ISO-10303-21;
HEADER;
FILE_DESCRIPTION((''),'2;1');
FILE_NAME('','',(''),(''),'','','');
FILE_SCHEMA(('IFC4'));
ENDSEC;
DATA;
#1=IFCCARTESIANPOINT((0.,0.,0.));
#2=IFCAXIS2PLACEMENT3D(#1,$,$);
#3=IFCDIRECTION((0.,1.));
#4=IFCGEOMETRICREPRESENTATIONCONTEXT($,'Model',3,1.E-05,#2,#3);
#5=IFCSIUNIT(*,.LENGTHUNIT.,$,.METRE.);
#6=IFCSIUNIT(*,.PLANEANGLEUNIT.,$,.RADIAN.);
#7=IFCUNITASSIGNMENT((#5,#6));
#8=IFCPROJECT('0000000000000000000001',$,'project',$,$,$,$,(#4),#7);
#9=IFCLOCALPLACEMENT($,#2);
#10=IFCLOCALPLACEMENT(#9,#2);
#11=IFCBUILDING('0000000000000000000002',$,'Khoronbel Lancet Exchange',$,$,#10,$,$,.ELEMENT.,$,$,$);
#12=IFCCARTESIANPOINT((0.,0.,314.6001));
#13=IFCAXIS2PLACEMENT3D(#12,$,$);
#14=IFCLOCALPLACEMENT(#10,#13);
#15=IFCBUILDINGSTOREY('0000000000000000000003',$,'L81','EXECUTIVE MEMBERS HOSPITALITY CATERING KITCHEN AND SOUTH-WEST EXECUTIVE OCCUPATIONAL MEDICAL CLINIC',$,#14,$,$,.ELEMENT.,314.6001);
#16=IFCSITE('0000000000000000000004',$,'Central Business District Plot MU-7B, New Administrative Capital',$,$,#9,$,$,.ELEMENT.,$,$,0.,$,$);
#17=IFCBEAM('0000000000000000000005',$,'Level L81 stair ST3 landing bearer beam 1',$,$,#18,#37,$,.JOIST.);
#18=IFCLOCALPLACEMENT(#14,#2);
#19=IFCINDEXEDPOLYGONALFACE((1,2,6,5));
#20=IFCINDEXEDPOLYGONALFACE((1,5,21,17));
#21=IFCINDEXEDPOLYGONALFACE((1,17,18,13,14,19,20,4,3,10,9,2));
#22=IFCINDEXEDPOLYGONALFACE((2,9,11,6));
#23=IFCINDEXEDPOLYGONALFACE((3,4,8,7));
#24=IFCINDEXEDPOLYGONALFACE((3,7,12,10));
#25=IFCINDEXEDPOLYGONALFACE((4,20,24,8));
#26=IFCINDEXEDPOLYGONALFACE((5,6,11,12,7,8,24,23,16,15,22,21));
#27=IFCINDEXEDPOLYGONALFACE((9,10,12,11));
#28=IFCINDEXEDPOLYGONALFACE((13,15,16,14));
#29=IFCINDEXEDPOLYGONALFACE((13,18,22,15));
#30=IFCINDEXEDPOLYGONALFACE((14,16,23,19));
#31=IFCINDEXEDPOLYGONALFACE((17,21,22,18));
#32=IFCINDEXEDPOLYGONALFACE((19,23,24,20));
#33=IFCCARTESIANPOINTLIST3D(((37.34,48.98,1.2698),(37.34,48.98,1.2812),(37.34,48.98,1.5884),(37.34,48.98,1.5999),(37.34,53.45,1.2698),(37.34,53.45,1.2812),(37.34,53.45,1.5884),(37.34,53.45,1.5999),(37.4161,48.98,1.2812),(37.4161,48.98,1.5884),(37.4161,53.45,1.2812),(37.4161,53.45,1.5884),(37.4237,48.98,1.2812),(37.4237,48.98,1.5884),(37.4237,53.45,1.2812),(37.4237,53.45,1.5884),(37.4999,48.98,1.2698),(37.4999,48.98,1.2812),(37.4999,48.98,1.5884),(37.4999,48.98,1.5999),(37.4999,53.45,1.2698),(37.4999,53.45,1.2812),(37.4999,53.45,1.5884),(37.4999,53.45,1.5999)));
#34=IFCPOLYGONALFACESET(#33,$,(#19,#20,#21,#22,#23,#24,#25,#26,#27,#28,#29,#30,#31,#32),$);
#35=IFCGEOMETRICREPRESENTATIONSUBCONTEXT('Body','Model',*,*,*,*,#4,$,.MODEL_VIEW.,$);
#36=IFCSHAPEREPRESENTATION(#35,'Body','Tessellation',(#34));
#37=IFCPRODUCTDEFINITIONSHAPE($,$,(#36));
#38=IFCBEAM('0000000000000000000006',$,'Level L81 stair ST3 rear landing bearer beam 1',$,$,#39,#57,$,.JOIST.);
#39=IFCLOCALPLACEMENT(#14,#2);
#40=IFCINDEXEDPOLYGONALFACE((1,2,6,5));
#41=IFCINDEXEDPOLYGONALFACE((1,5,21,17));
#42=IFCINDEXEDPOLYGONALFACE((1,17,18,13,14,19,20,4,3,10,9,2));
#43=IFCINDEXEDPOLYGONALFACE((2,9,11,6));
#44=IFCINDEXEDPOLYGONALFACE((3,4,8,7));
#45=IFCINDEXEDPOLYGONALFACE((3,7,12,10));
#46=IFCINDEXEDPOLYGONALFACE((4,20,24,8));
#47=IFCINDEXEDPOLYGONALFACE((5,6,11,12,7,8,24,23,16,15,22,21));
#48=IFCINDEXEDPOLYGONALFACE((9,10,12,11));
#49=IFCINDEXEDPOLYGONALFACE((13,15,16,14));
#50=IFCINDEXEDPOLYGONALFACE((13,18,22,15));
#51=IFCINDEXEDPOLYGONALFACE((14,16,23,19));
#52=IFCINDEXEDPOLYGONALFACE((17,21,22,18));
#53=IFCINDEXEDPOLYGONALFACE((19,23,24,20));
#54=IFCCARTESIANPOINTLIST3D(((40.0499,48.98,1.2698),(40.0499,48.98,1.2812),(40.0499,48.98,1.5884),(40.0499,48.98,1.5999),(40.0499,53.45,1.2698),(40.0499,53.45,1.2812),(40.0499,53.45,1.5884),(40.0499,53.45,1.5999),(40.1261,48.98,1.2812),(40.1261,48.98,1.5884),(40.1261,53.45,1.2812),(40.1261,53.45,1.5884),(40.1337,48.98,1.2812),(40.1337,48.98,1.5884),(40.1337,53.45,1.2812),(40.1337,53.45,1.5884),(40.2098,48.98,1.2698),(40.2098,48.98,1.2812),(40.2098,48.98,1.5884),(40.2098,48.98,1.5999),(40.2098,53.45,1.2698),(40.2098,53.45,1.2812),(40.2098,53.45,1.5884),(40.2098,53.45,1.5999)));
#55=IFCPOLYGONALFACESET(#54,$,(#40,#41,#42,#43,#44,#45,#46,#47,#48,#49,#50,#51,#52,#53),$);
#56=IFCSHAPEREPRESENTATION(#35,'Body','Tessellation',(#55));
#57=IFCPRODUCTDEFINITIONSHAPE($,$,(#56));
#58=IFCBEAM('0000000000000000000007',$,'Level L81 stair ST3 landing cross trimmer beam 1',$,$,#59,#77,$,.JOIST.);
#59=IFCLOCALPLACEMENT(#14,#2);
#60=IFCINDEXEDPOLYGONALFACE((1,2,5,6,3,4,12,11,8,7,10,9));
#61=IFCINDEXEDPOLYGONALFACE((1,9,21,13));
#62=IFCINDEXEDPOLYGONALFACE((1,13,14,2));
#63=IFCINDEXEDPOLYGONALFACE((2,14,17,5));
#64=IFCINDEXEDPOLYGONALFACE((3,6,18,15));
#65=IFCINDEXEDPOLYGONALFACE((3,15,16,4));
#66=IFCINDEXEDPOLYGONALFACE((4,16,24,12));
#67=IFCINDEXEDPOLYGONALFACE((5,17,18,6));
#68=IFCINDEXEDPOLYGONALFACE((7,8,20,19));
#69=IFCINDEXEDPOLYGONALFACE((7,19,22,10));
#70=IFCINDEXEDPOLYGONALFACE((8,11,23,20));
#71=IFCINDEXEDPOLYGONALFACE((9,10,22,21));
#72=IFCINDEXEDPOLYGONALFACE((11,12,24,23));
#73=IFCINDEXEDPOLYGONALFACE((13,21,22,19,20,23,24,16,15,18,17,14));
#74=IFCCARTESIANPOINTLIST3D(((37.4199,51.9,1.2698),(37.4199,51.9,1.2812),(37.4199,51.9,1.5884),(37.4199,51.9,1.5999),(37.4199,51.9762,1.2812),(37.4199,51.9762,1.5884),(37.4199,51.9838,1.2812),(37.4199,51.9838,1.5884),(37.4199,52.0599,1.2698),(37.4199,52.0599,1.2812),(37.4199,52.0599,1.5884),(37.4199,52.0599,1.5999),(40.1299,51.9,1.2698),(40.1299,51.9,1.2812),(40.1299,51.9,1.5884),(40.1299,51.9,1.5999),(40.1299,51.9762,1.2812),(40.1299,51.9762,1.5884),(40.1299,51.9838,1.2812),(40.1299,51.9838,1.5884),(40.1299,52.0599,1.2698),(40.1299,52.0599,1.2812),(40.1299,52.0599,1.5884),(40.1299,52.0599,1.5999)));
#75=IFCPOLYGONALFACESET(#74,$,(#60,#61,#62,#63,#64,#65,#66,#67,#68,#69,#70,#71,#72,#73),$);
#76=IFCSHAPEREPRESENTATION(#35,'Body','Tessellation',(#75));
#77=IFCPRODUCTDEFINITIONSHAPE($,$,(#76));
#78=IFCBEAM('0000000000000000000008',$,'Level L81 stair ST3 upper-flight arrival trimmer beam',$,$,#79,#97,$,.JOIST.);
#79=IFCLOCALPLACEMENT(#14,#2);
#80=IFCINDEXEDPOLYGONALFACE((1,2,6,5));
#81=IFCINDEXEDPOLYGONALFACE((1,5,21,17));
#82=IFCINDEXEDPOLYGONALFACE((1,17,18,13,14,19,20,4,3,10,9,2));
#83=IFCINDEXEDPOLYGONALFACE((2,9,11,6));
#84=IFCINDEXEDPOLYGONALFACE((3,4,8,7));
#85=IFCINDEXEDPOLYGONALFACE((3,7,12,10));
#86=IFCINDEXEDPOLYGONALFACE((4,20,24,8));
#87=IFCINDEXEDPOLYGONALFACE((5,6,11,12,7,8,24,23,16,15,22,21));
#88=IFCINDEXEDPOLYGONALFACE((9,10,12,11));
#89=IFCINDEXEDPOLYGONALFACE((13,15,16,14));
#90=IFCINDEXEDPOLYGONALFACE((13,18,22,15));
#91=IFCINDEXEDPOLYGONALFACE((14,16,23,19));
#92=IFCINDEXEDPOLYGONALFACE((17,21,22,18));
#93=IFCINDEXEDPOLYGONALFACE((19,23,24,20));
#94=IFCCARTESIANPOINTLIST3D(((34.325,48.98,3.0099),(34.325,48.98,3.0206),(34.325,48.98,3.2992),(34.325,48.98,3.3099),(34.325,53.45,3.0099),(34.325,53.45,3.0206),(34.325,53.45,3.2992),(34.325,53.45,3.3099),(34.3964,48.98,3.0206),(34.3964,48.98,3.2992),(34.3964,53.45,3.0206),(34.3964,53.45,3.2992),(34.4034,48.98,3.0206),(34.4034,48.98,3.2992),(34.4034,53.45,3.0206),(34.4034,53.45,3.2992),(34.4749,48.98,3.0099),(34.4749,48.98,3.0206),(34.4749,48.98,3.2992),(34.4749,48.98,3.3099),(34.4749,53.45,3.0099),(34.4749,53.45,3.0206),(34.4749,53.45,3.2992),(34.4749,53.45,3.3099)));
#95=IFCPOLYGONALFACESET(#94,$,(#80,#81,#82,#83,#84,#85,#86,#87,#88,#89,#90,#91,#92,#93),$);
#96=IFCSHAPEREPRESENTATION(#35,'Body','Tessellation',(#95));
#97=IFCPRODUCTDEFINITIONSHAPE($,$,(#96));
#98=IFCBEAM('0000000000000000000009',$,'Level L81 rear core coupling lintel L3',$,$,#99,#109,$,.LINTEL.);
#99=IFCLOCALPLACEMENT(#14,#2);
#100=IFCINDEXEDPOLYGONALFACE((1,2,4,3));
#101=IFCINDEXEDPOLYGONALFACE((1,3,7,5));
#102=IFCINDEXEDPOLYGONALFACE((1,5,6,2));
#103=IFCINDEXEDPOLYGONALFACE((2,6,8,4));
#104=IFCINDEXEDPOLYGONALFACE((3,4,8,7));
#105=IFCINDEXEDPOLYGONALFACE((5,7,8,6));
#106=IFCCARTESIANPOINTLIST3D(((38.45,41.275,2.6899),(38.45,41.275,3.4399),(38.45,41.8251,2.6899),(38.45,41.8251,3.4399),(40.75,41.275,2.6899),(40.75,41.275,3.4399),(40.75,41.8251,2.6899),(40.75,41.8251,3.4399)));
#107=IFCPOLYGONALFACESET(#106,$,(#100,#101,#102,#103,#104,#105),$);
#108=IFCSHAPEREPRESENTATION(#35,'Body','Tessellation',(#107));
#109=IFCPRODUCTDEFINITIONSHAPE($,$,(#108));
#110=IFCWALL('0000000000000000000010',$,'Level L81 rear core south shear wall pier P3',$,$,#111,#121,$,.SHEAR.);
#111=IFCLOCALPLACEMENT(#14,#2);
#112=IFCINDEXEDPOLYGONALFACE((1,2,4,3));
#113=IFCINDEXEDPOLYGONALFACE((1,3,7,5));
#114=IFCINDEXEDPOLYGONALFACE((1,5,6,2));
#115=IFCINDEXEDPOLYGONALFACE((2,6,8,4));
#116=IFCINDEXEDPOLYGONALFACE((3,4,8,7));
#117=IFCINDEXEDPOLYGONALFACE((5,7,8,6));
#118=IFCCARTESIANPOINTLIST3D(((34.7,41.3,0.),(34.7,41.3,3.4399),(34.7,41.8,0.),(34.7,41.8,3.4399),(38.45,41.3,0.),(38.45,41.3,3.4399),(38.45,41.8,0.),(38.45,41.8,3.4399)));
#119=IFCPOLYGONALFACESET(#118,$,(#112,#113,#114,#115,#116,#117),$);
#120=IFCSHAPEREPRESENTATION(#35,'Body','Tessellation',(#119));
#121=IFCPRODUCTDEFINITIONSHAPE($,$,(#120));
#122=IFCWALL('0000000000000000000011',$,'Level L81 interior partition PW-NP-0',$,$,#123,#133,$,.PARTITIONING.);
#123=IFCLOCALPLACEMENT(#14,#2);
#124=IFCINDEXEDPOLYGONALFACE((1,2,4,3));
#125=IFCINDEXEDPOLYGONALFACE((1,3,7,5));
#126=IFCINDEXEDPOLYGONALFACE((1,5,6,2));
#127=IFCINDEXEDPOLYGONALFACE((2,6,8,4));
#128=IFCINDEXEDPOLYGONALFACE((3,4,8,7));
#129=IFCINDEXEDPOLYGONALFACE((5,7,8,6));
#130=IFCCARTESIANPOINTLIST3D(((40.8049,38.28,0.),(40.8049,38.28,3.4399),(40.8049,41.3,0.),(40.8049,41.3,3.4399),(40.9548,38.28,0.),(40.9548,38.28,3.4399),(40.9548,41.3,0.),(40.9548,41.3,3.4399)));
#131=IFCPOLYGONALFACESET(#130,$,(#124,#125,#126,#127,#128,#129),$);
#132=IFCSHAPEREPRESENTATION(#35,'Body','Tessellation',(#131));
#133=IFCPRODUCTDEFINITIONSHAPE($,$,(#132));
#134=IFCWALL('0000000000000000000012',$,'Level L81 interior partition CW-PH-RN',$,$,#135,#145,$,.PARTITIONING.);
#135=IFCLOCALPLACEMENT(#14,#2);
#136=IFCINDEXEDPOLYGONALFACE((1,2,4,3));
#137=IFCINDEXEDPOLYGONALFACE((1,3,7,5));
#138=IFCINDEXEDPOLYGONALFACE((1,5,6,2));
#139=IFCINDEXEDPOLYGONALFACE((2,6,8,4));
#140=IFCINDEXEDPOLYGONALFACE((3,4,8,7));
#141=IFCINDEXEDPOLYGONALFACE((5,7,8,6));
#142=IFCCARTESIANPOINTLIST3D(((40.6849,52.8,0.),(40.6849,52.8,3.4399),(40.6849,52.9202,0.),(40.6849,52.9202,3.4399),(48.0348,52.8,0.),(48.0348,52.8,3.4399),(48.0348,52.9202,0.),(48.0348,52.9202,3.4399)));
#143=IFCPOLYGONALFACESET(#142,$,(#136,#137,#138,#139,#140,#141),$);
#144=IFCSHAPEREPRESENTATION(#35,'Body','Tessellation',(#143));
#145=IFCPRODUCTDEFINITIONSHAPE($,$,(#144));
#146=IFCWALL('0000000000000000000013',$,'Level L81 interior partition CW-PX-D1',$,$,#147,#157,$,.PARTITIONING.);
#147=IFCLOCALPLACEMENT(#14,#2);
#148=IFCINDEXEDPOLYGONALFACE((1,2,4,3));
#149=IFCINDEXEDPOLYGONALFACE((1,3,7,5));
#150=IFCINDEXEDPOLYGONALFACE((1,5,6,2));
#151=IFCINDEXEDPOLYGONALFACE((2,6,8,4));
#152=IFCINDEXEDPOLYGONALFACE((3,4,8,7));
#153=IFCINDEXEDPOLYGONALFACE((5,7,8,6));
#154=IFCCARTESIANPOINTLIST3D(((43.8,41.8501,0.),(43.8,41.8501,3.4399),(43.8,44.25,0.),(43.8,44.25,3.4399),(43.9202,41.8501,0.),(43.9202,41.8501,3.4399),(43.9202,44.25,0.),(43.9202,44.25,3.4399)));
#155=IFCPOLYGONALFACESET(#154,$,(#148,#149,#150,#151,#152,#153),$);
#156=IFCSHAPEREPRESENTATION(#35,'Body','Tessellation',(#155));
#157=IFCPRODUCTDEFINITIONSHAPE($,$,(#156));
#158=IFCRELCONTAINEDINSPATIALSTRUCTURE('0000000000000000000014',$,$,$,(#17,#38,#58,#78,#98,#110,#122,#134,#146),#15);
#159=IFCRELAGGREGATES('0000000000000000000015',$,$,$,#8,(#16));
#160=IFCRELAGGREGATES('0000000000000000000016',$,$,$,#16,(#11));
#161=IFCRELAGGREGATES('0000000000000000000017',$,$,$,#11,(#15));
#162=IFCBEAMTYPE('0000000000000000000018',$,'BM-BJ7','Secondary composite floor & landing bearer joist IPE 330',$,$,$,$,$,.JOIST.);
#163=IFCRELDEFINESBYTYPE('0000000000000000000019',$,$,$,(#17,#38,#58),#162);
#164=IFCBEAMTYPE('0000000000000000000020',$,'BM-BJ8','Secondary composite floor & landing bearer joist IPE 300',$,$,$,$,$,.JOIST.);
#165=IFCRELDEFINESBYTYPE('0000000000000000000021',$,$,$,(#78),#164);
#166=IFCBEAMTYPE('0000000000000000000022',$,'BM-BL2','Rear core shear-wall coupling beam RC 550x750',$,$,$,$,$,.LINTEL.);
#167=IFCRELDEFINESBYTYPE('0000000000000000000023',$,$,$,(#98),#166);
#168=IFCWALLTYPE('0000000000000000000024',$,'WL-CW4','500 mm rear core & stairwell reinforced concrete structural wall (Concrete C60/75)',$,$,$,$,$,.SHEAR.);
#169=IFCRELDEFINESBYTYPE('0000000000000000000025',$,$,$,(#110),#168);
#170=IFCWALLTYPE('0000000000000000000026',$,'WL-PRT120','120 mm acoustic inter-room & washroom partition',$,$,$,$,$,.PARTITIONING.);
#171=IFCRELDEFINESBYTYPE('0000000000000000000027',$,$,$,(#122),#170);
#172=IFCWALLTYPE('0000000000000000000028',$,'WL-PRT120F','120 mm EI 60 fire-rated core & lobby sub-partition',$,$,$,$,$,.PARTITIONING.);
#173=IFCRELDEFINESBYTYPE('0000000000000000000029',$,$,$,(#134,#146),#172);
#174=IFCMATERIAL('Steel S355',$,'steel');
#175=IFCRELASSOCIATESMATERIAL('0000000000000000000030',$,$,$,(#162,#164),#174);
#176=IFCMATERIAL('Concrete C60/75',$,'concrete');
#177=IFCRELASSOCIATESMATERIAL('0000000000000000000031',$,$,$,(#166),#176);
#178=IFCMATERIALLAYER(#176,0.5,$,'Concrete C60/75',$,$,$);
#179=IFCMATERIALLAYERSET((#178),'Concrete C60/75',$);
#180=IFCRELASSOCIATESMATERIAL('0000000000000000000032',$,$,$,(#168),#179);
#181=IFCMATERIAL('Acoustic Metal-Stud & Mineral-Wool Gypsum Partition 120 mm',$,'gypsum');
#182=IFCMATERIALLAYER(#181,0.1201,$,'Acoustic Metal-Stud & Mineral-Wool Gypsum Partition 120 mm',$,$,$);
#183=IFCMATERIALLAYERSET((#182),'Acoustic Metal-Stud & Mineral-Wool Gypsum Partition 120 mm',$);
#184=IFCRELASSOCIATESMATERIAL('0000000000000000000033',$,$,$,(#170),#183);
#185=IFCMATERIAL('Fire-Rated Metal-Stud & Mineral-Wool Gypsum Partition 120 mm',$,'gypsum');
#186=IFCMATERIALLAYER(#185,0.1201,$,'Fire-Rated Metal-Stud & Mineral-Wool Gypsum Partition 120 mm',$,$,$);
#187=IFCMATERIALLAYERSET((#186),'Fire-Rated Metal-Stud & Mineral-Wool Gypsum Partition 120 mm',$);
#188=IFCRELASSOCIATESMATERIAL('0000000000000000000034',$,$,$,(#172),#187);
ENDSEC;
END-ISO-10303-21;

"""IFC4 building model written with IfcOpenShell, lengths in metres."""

from ifc_helpers import new_model, si_unit, direction, frame, frame_2d, origin, origin_2d, place, context, subcontext, project, spatial, rectangle, i_section, extrude, material, layer, layer_set, material_profile, profile_set, type_object, element, save


model = new_model("IFC4")

# Units and contexts
model_context = context("Model", 3, precision=1e-05, world=origin(), true_north=direction((0.0, 1.0)))
body_context = subcontext(model_context, "Body", "Model", "MODEL_VIEW")
ifc_project = project(units=[si_unit("LENGTHUNIT", "METRE"), si_unit("PLANEANGLEUNIT", "RADIAN")], contexts=[model_context])

# Site, building, storey
site_placement = place(None, origin())
site = spatial("IfcSite", under=ifc_project, at=site_placement, Name="Central Business District Plot MU-7B, New Administrative Capital", CompositionType="ELEMENT", RefElevation=0.0)
building_placement = place(site_placement, origin())
building = spatial("IfcBuilding", under=site, at=building_placement, Name="Khoronbel Lancet Exchange", CompositionType="ELEMENT")
storey_placement = place(building_placement, frame((0.0, 0.0, 314.6001)))
storey = spatial("IfcBuildingStorey", under=building, at=storey_placement, Name="L81", Description="EXECUTIVE MEMBERS HOSPITALITY CATERING KITCHEN AND SOUTH-WEST EXECUTIVE OCCUPATIONAL MEDICAL CLINIC", CompositionType="ELEMENT", Elevation=314.6001)

# Beams
ifc_material_1 = material(Name="Steel S355", Category="steel")
ifc_material_profile_1 = material_profile(ifc_material_1, i_section(OverallWidth=0.1599, OverallDepth=0.3301, WebThickness=0.0076, FlangeThickness=0.0115, at=origin_2d()), Name="IPE 330")
ifc_profile_set_1 = profile_set([ifc_material_profile_1], Name="Steel S355")
beam_type_1 = type_object("IfcBeamType", Name="BM-BJ7", Description="Secondary composite floor & landing bearer joist IPE 330", PredefinedType="JOIST", material=ifc_profile_set_1)
for number, where, z_axis, x_axis, name in (
    (1, (37.4199, 48.98, 1.4348), (0.0, 1.0, 0.0), (-1.0, 0.0, 0.0), "Level L81 stair ST3 landing bearer beam 1"),
    (2, (40.1299, 48.98, 1.4348), (0.0, 1.0, 0.0), (-1.0, 0.0, 0.0), "Level L81 stair ST3 rear landing bearer beam 1"),
):
    element("IfcBeam", number, at=place(storey_placement, frame(where, z_axis=z_axis, x_axis=x_axis)), inside=storey, type_object=beam_type_1, Name=name, PredefinedType="JOIST", context=body_context, shape_type="SweptSolid", body=[
        extrude(i_section(OverallWidth=0.1599, OverallDepth=0.3301, WebThickness=0.0076, FlangeThickness=0.0115, at=origin_2d()), origin(), (0.0, 0.0, 1.0), 4.47),
    ])
beam_1_placement = place(storey_placement, frame((37.4199, 51.98, 1.4348), z_axis=(1.0, 0.0, 0.0), x_axis=(0.0, 1.0, 0.0)))
element("IfcBeam", 3, at=beam_1_placement, inside=storey, type_object=beam_type_1, Name="Level L81 stair ST3 landing cross trimmer beam 1", PredefinedType="JOIST", context=body_context, shape_type="SweptSolid", body=[
    extrude(i_section(OverallWidth=0.1599, OverallDepth=0.3301, WebThickness=0.0076, FlangeThickness=0.0115, at=origin_2d()), origin(), (0.0, 0.0, 1.0), 2.71),
])
ifc_material_profile_2 = material_profile(ifc_material_1, i_section(OverallWidth=0.1499, OverallDepth=0.3, WebThickness=0.0071, FlangeThickness=0.0107, at=origin_2d()), Name="IPE 300")
ifc_profile_set_2 = profile_set([ifc_material_profile_2], Name="Steel S355")
beam_type_2 = type_object("IfcBeamType", Name="BM-BJ8", Description="Secondary composite floor & landing bearer joist IPE 300", PredefinedType="JOIST", material=ifc_profile_set_2)
beam_2_placement = place(storey_placement, frame((34.3999, 48.98, 3.1599), z_axis=(0.0, 1.0, 0.0), x_axis=(-1.0, 0.0, 0.0)))
element("IfcBeam", 4, at=beam_2_placement, inside=storey, type_object=beam_type_2, Name="Level L81 stair ST3 upper-flight arrival trimmer beam", PredefinedType="JOIST", context=body_context, shape_type="SweptSolid", body=[
    extrude(i_section(OverallWidth=0.1499, OverallDepth=0.3, WebThickness=0.0071, FlangeThickness=0.0107, at=origin_2d()), origin(), (0.0, 0.0, 1.0), 4.47),
])
ifc_material_2 = material(Name="Concrete C60/75", Category="concrete")
ifc_material_profile_3 = material_profile(ifc_material_2, rectangle(XDim=0.55, YDim=0.75, at=origin_2d()), Name="RC 550x750")
ifc_profile_set_3 = profile_set([ifc_material_profile_3], Name="Concrete C60/75")
beam_type_3 = type_object("IfcBeamType", Name="BM-BL2", Description="Rear core shear-wall coupling beam RC 550x750", PredefinedType="LINTEL", material=ifc_profile_set_3)
beam_3_placement = place(storey_placement, frame((38.45, 41.55, 3.0649), z_axis=(1.0, 0.0, 0.0), x_axis=(0.0, 1.0, 0.0)))
element("IfcBeam", 5, at=beam_3_placement, inside=storey, type_object=beam_type_3, Name="Level L81 rear core coupling lintel L3", PredefinedType="LINTEL", context=body_context, shape_type="SweptSolid", body=[
    extrude(rectangle(XDim=0.55, YDim=0.75, at=origin_2d()), origin(), (0.0, 0.0, 1.0), 2.3),
])

# Walls
ifc_layer_1 = layer(ifc_material_2, 0.5, Name="Concrete C60/75")
ifc_layer_set_1 = layer_set([ifc_layer_1], Name="Concrete C60/75")
wall_type_1 = type_object("IfcWallType", Name="WL-CW4", Description="500 mm rear core & stairwell reinforced concrete structural wall (Concrete C60/75)", PredefinedType="SHEAR", material=ifc_layer_set_1)
wall_1_placement = place(storey_placement, frame((38.45, 41.55, 0.0), z_axis=(0.0, 0.0, 1.0), x_axis=(-1.0, 0.0, 0.0)))
element("IfcWall", 6, at=wall_1_placement, inside=storey, type_object=wall_type_1, Name="Level L81 rear core south shear wall pier P3", PredefinedType="SHEAR", context=body_context, shape_type="SweptSolid", body=[
    extrude(rectangle(XDim=3.75, YDim=0.5, at=frame_2d((1.875, 0.0))), origin(), (0.0, 0.0, 1.0), 3.4399),
])
ifc_material_3 = material(Name="Acoustic Metal-Stud & Mineral-Wool Gypsum Partition 120 mm", Category="gypsum")
ifc_layer_2 = layer(ifc_material_3, 0.1201, Name="Acoustic Metal-Stud & Mineral-Wool Gypsum Partition 120 mm")
ifc_layer_set_2 = layer_set([ifc_layer_2], Name="Acoustic Metal-Stud & Mineral-Wool Gypsum Partition 120 mm")
wall_type_2 = type_object("IfcWallType", Name="WL-PRT120", Description="120 mm acoustic inter-room & washroom partition", PredefinedType="PARTITIONING", material=ifc_layer_set_2)
wall_2_placement = place(storey_placement, frame((40.8799, 38.28, 0.0), z_axis=(0.0, 0.0, 1.0), x_axis=(0.0, 1.0, 0.0)))
element("IfcWall", 7, at=wall_2_placement, inside=storey, type_object=wall_type_2, Name="Level L81 interior partition PW-NP-0", PredefinedType="PARTITIONING", context=body_context, shape_type="SweptSolid", body=[
    extrude(rectangle(XDim=3.02, YDim=0.1499, at=frame_2d((1.51, 0.0))), origin(), (0.0, 0.0, 1.0), 3.4399),
])
ifc_material_4 = material(Name="Fire-Rated Metal-Stud & Mineral-Wool Gypsum Partition 120 mm", Category="gypsum")
ifc_layer_3 = layer(ifc_material_4, 0.1201, Name="Fire-Rated Metal-Stud & Mineral-Wool Gypsum Partition 120 mm")
ifc_layer_set_3 = layer_set([ifc_layer_3], Name="Fire-Rated Metal-Stud & Mineral-Wool Gypsum Partition 120 mm")
wall_type_3 = type_object("IfcWallType", Name="WL-PRT120F", Description="120 mm EI 60 fire-rated core & lobby sub-partition", PredefinedType="PARTITIONING", material=ifc_layer_set_3)
wall_3_placement = place(storey_placement, frame((40.6851, 52.8601, 0.0), z_axis=(0.0, 0.0, 1.0), x_axis=(1.0, 0.0, 0.0)))
element("IfcWall", 8, at=wall_3_placement, inside=storey, type_object=wall_type_3, Name="Level L81 interior partition CW-PH-RN", PredefinedType="PARTITIONING", context=body_context, shape_type="SweptSolid", body=[
    extrude(rectangle(XDim=7.3499, YDim=0.1201, at=frame_2d((3.6748, 0.0))), origin(), (0.0, 0.0, 1.0), 3.4399),
])
wall_4_placement = place(storey_placement, frame((43.8601, 41.8501, 0.0), z_axis=(0.0, 0.0, 1.0), x_axis=(0.0, 1.0, 0.0)))
element("IfcWall", 9, at=wall_4_placement, inside=storey, type_object=wall_type_3, Name="Level L81 interior partition CW-PX-D1", PredefinedType="PARTITIONING", context=body_context, shape_type="SweptSolid", body=[
    extrude(rectangle(XDim=2.3999, YDim=0.1201, at=frame_2d((1.2, 0.0))), origin(), (0.0, 0.0, 1.0), 3.4399),
])

save(model, "model.ifc")
